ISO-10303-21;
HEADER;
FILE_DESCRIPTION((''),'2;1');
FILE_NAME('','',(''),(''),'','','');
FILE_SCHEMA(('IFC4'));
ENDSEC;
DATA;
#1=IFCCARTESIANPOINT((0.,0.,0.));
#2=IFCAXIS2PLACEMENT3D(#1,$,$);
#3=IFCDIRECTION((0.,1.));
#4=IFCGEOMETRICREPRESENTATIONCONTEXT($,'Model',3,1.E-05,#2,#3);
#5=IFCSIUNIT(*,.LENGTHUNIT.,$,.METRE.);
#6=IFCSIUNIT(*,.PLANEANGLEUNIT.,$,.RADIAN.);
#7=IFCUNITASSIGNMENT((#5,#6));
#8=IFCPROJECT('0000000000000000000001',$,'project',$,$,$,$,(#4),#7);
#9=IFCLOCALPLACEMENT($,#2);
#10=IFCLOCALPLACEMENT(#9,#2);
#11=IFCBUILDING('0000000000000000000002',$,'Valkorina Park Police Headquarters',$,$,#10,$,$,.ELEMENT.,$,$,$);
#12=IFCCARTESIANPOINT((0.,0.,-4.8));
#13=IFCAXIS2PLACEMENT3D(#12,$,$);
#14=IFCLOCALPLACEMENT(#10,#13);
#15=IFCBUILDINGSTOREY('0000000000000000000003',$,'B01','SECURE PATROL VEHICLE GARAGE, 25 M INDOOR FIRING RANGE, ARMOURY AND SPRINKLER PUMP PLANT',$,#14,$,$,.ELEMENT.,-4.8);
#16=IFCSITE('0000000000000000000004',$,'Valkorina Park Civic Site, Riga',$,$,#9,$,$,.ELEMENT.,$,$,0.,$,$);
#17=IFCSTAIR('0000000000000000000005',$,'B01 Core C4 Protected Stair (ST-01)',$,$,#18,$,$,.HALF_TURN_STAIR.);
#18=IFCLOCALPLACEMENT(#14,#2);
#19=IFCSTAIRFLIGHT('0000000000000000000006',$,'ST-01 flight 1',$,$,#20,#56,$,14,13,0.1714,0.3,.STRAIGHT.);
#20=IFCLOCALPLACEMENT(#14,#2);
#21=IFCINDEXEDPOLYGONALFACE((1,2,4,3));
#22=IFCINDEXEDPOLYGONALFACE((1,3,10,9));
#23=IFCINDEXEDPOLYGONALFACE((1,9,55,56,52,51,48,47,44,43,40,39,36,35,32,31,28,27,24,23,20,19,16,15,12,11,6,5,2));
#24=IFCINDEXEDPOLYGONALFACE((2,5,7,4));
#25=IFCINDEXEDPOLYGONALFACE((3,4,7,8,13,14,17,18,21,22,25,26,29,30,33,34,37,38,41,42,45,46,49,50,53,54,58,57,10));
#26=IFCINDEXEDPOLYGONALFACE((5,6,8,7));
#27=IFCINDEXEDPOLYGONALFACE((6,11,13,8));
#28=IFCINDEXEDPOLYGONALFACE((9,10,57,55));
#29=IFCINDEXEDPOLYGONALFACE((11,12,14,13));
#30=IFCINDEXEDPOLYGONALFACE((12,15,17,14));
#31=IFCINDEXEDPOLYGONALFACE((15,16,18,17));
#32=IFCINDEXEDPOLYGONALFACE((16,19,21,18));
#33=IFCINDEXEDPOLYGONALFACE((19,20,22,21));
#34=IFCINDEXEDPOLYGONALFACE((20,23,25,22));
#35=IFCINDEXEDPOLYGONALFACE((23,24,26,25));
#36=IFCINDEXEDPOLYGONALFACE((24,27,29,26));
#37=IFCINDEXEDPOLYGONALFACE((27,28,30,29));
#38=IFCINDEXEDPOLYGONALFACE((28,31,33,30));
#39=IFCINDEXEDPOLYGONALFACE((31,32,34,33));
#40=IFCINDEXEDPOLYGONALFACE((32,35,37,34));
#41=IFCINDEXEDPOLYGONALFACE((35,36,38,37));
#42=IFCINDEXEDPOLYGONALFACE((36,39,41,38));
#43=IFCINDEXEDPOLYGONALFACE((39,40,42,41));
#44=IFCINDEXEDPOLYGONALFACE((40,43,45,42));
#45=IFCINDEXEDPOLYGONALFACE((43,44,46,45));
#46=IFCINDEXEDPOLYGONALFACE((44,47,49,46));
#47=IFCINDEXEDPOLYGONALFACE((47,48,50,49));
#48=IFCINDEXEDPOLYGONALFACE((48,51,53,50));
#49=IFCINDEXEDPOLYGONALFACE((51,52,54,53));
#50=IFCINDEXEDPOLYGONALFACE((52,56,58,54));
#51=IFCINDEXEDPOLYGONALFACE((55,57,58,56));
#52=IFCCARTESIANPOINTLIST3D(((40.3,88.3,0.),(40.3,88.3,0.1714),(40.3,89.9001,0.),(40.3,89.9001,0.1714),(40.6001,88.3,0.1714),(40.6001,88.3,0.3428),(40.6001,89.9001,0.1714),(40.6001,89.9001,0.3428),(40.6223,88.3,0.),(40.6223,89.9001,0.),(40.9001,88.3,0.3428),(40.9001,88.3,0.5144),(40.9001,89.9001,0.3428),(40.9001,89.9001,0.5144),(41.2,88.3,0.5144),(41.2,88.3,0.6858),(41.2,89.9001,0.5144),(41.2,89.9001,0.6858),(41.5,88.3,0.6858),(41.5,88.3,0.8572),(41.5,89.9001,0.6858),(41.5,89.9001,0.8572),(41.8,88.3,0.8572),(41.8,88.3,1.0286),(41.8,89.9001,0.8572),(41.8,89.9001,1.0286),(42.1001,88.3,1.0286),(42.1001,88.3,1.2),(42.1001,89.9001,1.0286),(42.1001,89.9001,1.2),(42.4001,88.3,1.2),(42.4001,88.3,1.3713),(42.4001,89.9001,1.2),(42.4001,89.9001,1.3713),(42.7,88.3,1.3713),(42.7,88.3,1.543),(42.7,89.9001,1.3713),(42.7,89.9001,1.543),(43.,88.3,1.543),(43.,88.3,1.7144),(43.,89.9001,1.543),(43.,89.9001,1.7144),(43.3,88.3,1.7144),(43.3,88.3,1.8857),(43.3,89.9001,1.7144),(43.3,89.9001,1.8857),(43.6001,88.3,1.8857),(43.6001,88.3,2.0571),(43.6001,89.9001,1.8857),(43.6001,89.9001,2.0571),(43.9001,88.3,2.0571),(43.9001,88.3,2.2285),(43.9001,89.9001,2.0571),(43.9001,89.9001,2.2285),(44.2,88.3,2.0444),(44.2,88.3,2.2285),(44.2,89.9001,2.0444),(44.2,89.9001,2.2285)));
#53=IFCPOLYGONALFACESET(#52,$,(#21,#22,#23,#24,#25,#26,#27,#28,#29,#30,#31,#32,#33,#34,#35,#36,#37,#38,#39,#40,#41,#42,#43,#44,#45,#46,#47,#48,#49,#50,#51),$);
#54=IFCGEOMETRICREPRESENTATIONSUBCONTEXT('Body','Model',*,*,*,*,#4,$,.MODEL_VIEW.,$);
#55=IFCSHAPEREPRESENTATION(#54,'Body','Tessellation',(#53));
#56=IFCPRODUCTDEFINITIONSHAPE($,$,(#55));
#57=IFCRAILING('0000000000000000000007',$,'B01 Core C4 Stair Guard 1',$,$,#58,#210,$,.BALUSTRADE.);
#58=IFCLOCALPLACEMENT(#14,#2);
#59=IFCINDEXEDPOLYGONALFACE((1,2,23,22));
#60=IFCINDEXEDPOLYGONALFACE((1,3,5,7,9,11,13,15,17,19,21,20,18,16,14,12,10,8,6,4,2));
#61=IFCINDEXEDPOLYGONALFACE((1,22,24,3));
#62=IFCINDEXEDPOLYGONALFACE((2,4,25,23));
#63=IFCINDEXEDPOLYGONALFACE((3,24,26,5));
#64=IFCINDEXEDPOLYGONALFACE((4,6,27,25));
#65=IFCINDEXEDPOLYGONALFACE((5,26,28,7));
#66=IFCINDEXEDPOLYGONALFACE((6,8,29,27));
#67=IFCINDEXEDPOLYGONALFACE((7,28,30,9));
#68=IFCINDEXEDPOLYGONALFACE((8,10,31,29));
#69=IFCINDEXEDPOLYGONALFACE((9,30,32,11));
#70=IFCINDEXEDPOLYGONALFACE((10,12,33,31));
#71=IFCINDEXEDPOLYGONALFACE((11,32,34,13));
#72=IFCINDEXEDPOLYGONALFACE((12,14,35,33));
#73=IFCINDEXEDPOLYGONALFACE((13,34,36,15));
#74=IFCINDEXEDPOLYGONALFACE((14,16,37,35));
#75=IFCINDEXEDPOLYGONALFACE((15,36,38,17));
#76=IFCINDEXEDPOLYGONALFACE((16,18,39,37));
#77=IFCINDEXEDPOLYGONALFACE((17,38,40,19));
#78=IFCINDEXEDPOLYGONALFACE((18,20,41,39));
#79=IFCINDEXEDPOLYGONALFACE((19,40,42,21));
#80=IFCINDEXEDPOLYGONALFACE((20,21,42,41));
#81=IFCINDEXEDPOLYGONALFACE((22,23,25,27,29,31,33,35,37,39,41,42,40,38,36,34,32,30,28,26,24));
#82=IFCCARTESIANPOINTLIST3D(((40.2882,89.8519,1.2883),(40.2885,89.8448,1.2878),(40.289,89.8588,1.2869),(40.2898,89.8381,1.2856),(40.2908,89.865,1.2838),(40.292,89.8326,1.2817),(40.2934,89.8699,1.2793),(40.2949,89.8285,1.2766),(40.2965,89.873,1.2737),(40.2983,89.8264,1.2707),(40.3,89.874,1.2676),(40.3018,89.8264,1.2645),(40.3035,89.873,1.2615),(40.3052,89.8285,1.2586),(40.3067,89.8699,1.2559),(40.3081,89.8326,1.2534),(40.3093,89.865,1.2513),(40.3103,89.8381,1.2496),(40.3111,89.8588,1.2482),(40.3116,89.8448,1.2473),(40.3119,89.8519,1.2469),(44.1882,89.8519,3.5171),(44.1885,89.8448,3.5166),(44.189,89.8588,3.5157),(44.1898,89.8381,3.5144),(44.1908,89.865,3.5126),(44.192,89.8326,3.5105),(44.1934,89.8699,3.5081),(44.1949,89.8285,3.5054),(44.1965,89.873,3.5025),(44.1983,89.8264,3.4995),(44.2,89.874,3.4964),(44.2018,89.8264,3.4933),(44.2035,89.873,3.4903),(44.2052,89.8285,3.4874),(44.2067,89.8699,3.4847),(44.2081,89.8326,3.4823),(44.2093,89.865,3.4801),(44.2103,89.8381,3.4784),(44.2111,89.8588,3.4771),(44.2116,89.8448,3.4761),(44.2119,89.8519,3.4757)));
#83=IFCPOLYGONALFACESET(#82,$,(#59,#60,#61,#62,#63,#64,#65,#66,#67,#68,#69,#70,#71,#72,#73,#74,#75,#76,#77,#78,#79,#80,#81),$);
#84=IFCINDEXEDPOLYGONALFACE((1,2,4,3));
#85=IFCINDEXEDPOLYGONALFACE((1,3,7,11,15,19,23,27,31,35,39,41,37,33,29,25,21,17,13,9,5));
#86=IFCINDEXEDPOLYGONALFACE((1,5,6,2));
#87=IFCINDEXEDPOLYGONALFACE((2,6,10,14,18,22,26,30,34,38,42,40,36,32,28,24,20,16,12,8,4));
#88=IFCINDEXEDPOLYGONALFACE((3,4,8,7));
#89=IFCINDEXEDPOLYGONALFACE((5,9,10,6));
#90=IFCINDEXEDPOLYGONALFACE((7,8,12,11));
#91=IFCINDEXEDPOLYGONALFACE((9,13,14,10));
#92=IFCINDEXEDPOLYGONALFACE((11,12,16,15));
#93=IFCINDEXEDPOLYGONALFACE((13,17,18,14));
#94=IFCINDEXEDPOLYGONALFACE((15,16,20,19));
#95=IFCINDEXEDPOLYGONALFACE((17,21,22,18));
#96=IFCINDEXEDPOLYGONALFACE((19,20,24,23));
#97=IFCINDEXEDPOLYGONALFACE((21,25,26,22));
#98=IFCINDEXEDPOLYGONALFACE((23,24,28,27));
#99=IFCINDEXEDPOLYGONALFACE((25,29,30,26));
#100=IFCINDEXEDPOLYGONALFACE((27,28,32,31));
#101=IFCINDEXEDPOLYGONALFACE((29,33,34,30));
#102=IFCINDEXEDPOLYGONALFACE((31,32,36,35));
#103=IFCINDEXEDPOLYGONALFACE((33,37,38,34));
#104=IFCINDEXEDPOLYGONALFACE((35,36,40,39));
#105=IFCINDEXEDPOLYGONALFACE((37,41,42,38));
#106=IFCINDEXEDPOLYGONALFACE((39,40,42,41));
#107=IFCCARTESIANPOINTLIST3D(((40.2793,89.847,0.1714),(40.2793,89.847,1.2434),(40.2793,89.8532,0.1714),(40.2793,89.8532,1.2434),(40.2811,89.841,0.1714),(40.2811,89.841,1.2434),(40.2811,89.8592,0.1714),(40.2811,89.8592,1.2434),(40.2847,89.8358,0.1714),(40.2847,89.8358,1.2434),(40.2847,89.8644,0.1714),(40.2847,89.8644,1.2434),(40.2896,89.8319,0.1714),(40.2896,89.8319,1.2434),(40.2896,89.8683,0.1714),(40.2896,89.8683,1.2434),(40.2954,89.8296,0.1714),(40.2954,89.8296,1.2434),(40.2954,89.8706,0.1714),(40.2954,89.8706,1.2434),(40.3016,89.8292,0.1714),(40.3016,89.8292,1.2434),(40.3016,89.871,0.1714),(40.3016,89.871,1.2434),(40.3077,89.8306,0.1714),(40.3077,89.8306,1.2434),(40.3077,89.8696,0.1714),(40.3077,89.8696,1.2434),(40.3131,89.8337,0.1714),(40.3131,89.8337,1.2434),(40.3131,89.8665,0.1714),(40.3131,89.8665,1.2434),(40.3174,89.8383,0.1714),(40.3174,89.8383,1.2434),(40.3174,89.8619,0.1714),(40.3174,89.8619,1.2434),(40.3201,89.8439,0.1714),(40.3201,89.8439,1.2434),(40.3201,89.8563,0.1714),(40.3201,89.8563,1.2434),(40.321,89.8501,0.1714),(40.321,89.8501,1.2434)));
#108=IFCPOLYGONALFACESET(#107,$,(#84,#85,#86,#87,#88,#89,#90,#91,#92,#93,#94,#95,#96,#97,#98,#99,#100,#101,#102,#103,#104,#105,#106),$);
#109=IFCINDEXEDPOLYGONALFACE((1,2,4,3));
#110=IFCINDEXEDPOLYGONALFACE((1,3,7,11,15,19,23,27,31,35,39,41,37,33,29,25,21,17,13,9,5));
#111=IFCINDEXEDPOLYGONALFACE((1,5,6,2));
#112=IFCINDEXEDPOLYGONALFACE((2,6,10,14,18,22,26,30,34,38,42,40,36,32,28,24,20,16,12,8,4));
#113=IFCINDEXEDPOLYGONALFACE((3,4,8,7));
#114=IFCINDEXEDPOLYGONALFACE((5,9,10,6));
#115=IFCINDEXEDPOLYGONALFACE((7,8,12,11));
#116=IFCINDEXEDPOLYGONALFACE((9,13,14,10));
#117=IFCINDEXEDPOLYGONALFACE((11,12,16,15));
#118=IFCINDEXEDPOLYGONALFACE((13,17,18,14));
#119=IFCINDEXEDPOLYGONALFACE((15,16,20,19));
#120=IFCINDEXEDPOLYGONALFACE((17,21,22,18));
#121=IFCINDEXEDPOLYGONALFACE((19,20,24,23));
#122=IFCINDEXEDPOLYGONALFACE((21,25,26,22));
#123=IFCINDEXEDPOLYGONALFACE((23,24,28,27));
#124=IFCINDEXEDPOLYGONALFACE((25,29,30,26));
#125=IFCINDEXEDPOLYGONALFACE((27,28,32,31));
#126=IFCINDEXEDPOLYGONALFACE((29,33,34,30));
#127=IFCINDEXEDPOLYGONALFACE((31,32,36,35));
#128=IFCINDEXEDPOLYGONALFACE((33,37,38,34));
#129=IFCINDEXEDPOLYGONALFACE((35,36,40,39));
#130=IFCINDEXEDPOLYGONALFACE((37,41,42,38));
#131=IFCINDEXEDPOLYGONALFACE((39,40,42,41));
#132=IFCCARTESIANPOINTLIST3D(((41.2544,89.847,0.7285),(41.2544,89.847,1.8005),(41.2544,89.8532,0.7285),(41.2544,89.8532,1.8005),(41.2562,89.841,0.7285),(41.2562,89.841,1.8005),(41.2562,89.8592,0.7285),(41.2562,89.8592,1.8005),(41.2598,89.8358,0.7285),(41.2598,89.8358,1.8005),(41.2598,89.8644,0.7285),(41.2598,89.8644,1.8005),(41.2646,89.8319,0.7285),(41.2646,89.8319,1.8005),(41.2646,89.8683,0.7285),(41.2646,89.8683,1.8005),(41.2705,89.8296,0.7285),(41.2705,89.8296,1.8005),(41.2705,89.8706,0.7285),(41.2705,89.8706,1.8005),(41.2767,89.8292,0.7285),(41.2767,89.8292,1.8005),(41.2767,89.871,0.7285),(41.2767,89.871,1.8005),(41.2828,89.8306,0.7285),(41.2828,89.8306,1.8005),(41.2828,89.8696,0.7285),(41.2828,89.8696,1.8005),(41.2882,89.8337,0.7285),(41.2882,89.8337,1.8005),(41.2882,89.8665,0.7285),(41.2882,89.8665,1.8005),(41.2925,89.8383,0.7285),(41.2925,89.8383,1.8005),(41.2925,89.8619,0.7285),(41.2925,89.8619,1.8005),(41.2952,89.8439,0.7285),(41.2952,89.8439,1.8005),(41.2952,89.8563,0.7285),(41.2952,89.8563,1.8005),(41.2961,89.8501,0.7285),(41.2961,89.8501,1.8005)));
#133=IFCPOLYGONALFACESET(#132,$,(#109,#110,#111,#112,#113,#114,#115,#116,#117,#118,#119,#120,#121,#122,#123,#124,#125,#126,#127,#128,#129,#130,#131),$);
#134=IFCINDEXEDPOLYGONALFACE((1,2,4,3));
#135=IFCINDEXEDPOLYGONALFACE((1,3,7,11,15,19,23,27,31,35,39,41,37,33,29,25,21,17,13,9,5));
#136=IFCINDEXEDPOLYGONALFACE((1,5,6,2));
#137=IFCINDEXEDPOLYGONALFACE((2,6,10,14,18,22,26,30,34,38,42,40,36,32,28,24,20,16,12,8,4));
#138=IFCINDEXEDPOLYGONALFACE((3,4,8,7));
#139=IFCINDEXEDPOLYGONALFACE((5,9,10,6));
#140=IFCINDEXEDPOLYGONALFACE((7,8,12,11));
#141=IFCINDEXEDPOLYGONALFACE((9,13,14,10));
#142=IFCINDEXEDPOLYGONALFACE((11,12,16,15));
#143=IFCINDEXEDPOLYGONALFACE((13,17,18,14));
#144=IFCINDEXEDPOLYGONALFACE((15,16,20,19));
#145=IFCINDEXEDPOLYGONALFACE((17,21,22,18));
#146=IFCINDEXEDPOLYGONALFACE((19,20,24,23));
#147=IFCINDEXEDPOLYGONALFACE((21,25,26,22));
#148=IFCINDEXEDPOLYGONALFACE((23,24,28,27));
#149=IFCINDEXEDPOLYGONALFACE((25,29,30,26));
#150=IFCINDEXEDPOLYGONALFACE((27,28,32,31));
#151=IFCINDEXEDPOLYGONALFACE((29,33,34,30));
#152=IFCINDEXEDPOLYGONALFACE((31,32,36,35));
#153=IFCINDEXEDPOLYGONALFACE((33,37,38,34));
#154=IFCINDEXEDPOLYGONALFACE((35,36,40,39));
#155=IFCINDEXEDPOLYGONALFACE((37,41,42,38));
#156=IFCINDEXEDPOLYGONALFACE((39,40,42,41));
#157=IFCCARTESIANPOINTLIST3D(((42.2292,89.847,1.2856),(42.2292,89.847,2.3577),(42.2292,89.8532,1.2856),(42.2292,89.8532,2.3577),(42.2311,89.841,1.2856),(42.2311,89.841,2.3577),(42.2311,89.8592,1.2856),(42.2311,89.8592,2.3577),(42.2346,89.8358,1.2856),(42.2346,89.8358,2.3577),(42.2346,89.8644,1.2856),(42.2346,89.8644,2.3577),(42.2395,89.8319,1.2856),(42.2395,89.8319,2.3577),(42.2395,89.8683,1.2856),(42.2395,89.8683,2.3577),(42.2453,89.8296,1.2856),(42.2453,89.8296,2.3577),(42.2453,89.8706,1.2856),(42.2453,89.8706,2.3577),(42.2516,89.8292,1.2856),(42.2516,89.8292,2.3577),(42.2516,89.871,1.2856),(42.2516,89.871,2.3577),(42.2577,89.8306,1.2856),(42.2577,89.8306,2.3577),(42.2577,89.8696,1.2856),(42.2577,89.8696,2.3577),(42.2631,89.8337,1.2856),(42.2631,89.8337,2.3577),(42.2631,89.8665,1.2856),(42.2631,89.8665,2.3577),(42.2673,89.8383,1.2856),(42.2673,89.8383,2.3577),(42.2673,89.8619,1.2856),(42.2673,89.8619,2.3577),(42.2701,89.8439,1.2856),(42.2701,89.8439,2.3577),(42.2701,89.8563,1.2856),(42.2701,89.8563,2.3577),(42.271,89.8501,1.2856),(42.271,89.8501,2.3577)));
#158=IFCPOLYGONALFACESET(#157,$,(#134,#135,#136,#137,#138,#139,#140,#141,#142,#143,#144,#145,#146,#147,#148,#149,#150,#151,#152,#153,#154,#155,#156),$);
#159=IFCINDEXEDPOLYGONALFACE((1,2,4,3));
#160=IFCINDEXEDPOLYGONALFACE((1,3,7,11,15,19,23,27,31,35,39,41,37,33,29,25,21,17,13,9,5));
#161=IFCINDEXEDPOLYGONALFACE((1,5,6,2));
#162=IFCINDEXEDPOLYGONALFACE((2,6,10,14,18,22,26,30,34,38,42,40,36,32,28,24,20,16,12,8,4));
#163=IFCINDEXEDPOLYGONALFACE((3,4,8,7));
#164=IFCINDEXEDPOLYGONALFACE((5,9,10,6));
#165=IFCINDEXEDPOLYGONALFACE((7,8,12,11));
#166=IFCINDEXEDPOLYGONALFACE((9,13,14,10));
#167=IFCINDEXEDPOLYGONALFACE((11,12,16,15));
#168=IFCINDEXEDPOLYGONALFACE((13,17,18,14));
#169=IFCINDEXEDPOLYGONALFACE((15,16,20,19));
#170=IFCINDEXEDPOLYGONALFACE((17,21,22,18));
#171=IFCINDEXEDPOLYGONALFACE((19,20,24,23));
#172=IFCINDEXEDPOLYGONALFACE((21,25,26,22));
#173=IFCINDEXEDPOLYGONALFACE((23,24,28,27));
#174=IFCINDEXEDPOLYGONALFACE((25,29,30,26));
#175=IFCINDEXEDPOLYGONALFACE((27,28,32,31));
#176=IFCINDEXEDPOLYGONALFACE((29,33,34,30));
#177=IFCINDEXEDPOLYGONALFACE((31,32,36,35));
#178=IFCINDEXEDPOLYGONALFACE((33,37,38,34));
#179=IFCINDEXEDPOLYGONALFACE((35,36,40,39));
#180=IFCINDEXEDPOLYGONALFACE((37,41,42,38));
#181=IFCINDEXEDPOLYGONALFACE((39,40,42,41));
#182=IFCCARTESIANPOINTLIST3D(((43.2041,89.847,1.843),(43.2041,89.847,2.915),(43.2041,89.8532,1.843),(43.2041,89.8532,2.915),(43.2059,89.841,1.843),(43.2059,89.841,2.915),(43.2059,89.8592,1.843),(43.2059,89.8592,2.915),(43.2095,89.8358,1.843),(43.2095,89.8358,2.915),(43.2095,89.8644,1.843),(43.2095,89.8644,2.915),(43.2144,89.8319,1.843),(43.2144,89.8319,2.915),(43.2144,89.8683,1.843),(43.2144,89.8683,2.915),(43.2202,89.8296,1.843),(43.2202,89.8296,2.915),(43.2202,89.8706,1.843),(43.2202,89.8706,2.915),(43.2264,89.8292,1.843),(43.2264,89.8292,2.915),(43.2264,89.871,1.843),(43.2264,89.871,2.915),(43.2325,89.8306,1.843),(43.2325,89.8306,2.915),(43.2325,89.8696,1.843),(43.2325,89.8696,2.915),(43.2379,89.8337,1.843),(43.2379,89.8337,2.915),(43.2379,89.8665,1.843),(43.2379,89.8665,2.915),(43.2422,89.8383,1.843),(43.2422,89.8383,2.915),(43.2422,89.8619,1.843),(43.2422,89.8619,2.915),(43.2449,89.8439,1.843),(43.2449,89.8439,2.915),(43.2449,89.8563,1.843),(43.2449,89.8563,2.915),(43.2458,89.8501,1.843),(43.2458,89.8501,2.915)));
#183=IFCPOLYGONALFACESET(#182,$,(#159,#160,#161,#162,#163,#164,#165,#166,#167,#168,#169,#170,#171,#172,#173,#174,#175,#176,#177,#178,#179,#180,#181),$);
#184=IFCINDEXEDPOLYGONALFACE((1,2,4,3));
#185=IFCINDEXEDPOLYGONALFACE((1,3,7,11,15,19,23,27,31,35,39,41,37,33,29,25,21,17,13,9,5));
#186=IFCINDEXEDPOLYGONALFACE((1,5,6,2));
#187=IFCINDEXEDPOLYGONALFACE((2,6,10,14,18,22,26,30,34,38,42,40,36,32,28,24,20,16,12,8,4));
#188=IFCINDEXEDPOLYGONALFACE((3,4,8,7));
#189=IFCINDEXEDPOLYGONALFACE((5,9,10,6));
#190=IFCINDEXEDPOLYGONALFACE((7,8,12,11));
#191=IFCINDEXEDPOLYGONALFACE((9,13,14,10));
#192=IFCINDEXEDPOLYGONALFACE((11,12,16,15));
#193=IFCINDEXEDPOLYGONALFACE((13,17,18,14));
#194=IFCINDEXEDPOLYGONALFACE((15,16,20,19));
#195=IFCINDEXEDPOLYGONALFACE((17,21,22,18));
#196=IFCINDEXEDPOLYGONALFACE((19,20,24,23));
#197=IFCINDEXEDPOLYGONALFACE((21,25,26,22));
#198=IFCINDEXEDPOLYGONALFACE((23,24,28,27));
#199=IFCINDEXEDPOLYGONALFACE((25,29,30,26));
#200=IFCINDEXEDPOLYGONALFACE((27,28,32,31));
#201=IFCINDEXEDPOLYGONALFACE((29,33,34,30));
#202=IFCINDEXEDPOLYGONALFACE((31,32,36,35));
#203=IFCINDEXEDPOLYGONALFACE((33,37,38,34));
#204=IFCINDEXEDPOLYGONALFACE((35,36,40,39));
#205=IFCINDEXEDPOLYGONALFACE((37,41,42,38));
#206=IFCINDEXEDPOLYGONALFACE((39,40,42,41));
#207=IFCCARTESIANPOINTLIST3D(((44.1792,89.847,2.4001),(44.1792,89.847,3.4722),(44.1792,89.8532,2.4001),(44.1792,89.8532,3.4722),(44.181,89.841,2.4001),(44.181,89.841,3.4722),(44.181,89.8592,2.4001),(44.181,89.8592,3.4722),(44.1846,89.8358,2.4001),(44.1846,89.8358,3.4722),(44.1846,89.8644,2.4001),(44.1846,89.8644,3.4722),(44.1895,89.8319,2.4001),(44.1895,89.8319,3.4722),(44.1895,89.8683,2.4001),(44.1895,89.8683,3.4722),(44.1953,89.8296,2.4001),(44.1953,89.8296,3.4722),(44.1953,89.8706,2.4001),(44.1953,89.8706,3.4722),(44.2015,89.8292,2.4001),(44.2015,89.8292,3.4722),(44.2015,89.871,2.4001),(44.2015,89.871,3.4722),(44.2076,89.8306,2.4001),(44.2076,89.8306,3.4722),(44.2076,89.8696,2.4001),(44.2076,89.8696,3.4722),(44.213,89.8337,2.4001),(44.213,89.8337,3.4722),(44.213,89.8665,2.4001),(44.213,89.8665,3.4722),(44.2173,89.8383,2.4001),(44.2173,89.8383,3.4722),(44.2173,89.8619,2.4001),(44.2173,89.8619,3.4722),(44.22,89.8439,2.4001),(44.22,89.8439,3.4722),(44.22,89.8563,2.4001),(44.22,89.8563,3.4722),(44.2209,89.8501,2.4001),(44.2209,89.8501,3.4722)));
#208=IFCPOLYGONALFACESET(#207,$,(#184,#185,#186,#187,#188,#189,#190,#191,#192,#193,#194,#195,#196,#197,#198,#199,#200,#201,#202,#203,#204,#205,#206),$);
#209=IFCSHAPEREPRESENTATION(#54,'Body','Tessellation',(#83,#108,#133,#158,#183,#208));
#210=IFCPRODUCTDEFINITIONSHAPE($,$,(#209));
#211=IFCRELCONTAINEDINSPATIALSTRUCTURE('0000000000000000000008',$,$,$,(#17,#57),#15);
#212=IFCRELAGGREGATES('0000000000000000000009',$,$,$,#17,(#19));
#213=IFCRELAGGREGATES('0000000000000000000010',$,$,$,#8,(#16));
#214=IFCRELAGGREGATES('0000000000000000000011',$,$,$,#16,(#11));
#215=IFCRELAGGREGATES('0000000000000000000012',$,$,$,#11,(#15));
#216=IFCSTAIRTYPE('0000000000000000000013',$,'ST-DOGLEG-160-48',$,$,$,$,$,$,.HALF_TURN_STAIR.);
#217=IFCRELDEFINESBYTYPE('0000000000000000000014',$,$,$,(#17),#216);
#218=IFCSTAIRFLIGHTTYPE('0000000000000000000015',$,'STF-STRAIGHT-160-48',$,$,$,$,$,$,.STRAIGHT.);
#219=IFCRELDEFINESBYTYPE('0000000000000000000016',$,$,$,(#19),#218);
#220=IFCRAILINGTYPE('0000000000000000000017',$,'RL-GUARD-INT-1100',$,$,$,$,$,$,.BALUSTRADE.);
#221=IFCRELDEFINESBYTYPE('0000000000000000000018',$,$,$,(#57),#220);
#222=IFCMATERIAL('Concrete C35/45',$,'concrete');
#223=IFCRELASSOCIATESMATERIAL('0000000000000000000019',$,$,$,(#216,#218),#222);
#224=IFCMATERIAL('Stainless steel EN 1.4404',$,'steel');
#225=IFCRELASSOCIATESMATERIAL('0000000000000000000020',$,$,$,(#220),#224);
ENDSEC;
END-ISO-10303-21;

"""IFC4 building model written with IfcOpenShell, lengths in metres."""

from ifc_helpers import new_model, si_unit, direction, frame, origin, origin_2d, place, context, subcontext, project, spatial, polyline, circle, outline, extrude, material, type_object, element, aggregate, save


model = new_model("IFC4")

# Units and contexts
model_context = context("Model", 3, precision=1e-05, world=origin(), true_north=direction((0.0, 1.0)))
body_context = subcontext(model_context, "Body", "Model", "MODEL_VIEW")
ifc_project = project(units=[si_unit("LENGTHUNIT", "METRE"), si_unit("PLANEANGLEUNIT", "RADIAN")], contexts=[model_context])

# Site, building, storey
site_placement = place(None, origin())
site = spatial("IfcSite", under=ifc_project, at=site_placement, Name="Valkorina Park Civic Site, Riga", CompositionType="ELEMENT", RefElevation=0.0)
building_placement = place(site_placement, origin())
building = spatial("IfcBuilding", under=site, at=building_placement, Name="Valkorina Park Police Headquarters", CompositionType="ELEMENT")
storey_placement = place(building_placement, frame((0.0, 0.0, -4.8)))
storey = spatial("IfcBuildingStorey", under=building, at=storey_placement, Name="B01", Description="SECURE PATROL VEHICLE GARAGE, 25 M INDOOR FIRING RANGE, ARMOURY AND SPRINKLER PUMP PLANT", CompositionType="ELEMENT", Elevation=-4.8)

# Stair, stair flight
ifc_material_1 = material(Name="Concrete C35/45", Category="concrete")
stair_type = type_object("IfcStairType", Name="ST-DOGLEG-160-48", PredefinedType="HALF_TURN_STAIR", material=ifc_material_1)
stair_placement = place(storey_placement, origin())
stair = element("IfcStair", 1, at=stair_placement, inside=storey, type_object=stair_type, Name="B01 Core C4 Protected Stair (ST-01)", PredefinedType="HALF_TURN_STAIR")
stair_flight_type = type_object("IfcStairFlightType", Name="STF-STRAIGHT-160-48", PredefinedType="STRAIGHT", material=ifc_material_1)
stair_flight_placement = place(storey_placement, frame((40.3, 89.1001, 0.0), z_axis=(0.0, 0.0, 1.0), x_axis=(1.0, 0.0, 0.0)))
stair_flight = element("IfcStairFlight", 2, at=stair_flight_placement, type_object=stair_flight_type, Name="ST-01 flight 1", NumberOfRisers=14, NumberOfTreads=13, PredefinedType="STRAIGHT", RiserHeight=0.1714, TreadLength=0.3, context=body_context, shape_type="SweptSolid", body=[
    extrude(outline(polyline([(0.0, 0.0), (0.0, 0.1714), (0.3, 0.1714), (0.3, 0.3428), (0.6001, 0.3428), (0.6001, 0.5144), (0.8999, 0.5144), (0.8999, 0.6858), (1.2, 0.6858), (1.2, 0.8572), (1.5, 0.8572), (1.5, 1.0286), (1.8, 1.0286), (1.8, 1.2), (2.1001, 1.2), (2.1001, 1.3713), (2.3999, 1.3713), (2.3999, 1.543), (2.7, 1.543), (2.7, 1.7144), (3.0, 1.7144), (3.0, 1.8857), (3.3, 1.8857), (3.3, 2.0571), (3.6001, 2.0571), (3.6001, 2.2285), (3.8999, 2.2285), (3.8999, 2.3999), (3.8999, 2.0444), (0.3223, 0.0), (0.0, 0.0)])), frame((0.0, 0.8, 0.0), z_axis=(0.0, -1.0, 0.0), x_axis=(1.0, 0.0, 0.0)), (0.0, 0.0, 1.0), 1.6001),
])
aggregate(stair, [stair_flight])

# Railing
ifc_material_2 = material(Name="Stainless steel EN 1.4404", Category="steel")
railing_type_1 = type_object("IfcRailingType", Name="RL-GUARD-INT-1100", PredefinedType="BALUSTRADE", material=ifc_material_2)
railing_1_placement = place(storey_placement, frame((40.3, 89.8501, 0.1714)))
element("IfcRailing", 3, at=railing_1_placement, inside=storey, type_object=railing_type_1, Name="B01 Core C4 Stair Guard 1", PredefinedType="BALUSTRADE", context=body_context, shape_type="SweptSolid", body=[
    extrude(circle(Radius=0.0239, at=origin_2d()), frame((0.0, 0.0, 1.0962), z_axis=(0.86822, 0.0, 0.49618), x_axis=(0.0, 1.0, 0.0)), (0.0, 0.0, 1.0), 4.4919),
    extrude(circle(Radius=0.021, at=origin_2d()), origin(), (0.0, 0.0, 1.0), 1.072),
    extrude(circle(Radius=0.021, at=origin_2d()), frame((0.9751, 0.0, 0.5571)), (0.0, 0.0, 1.0), 1.072),
    extrude(circle(Radius=0.021, at=origin_2d()), frame((1.95, 0.0, 1.1143)), (0.0, 0.0, 1.0), 1.072),
    extrude(circle(Radius=0.021, at=origin_2d()), frame((2.9248, 0.0, 1.6716)), (0.0, 0.0, 1.0), 1.072),
    extrude(circle(Radius=0.021, at=origin_2d()), frame((3.8999, 0.0, 2.2288)), (0.0, 0.0, 1.0), 1.072),
])

save(model, "model.ifc")
